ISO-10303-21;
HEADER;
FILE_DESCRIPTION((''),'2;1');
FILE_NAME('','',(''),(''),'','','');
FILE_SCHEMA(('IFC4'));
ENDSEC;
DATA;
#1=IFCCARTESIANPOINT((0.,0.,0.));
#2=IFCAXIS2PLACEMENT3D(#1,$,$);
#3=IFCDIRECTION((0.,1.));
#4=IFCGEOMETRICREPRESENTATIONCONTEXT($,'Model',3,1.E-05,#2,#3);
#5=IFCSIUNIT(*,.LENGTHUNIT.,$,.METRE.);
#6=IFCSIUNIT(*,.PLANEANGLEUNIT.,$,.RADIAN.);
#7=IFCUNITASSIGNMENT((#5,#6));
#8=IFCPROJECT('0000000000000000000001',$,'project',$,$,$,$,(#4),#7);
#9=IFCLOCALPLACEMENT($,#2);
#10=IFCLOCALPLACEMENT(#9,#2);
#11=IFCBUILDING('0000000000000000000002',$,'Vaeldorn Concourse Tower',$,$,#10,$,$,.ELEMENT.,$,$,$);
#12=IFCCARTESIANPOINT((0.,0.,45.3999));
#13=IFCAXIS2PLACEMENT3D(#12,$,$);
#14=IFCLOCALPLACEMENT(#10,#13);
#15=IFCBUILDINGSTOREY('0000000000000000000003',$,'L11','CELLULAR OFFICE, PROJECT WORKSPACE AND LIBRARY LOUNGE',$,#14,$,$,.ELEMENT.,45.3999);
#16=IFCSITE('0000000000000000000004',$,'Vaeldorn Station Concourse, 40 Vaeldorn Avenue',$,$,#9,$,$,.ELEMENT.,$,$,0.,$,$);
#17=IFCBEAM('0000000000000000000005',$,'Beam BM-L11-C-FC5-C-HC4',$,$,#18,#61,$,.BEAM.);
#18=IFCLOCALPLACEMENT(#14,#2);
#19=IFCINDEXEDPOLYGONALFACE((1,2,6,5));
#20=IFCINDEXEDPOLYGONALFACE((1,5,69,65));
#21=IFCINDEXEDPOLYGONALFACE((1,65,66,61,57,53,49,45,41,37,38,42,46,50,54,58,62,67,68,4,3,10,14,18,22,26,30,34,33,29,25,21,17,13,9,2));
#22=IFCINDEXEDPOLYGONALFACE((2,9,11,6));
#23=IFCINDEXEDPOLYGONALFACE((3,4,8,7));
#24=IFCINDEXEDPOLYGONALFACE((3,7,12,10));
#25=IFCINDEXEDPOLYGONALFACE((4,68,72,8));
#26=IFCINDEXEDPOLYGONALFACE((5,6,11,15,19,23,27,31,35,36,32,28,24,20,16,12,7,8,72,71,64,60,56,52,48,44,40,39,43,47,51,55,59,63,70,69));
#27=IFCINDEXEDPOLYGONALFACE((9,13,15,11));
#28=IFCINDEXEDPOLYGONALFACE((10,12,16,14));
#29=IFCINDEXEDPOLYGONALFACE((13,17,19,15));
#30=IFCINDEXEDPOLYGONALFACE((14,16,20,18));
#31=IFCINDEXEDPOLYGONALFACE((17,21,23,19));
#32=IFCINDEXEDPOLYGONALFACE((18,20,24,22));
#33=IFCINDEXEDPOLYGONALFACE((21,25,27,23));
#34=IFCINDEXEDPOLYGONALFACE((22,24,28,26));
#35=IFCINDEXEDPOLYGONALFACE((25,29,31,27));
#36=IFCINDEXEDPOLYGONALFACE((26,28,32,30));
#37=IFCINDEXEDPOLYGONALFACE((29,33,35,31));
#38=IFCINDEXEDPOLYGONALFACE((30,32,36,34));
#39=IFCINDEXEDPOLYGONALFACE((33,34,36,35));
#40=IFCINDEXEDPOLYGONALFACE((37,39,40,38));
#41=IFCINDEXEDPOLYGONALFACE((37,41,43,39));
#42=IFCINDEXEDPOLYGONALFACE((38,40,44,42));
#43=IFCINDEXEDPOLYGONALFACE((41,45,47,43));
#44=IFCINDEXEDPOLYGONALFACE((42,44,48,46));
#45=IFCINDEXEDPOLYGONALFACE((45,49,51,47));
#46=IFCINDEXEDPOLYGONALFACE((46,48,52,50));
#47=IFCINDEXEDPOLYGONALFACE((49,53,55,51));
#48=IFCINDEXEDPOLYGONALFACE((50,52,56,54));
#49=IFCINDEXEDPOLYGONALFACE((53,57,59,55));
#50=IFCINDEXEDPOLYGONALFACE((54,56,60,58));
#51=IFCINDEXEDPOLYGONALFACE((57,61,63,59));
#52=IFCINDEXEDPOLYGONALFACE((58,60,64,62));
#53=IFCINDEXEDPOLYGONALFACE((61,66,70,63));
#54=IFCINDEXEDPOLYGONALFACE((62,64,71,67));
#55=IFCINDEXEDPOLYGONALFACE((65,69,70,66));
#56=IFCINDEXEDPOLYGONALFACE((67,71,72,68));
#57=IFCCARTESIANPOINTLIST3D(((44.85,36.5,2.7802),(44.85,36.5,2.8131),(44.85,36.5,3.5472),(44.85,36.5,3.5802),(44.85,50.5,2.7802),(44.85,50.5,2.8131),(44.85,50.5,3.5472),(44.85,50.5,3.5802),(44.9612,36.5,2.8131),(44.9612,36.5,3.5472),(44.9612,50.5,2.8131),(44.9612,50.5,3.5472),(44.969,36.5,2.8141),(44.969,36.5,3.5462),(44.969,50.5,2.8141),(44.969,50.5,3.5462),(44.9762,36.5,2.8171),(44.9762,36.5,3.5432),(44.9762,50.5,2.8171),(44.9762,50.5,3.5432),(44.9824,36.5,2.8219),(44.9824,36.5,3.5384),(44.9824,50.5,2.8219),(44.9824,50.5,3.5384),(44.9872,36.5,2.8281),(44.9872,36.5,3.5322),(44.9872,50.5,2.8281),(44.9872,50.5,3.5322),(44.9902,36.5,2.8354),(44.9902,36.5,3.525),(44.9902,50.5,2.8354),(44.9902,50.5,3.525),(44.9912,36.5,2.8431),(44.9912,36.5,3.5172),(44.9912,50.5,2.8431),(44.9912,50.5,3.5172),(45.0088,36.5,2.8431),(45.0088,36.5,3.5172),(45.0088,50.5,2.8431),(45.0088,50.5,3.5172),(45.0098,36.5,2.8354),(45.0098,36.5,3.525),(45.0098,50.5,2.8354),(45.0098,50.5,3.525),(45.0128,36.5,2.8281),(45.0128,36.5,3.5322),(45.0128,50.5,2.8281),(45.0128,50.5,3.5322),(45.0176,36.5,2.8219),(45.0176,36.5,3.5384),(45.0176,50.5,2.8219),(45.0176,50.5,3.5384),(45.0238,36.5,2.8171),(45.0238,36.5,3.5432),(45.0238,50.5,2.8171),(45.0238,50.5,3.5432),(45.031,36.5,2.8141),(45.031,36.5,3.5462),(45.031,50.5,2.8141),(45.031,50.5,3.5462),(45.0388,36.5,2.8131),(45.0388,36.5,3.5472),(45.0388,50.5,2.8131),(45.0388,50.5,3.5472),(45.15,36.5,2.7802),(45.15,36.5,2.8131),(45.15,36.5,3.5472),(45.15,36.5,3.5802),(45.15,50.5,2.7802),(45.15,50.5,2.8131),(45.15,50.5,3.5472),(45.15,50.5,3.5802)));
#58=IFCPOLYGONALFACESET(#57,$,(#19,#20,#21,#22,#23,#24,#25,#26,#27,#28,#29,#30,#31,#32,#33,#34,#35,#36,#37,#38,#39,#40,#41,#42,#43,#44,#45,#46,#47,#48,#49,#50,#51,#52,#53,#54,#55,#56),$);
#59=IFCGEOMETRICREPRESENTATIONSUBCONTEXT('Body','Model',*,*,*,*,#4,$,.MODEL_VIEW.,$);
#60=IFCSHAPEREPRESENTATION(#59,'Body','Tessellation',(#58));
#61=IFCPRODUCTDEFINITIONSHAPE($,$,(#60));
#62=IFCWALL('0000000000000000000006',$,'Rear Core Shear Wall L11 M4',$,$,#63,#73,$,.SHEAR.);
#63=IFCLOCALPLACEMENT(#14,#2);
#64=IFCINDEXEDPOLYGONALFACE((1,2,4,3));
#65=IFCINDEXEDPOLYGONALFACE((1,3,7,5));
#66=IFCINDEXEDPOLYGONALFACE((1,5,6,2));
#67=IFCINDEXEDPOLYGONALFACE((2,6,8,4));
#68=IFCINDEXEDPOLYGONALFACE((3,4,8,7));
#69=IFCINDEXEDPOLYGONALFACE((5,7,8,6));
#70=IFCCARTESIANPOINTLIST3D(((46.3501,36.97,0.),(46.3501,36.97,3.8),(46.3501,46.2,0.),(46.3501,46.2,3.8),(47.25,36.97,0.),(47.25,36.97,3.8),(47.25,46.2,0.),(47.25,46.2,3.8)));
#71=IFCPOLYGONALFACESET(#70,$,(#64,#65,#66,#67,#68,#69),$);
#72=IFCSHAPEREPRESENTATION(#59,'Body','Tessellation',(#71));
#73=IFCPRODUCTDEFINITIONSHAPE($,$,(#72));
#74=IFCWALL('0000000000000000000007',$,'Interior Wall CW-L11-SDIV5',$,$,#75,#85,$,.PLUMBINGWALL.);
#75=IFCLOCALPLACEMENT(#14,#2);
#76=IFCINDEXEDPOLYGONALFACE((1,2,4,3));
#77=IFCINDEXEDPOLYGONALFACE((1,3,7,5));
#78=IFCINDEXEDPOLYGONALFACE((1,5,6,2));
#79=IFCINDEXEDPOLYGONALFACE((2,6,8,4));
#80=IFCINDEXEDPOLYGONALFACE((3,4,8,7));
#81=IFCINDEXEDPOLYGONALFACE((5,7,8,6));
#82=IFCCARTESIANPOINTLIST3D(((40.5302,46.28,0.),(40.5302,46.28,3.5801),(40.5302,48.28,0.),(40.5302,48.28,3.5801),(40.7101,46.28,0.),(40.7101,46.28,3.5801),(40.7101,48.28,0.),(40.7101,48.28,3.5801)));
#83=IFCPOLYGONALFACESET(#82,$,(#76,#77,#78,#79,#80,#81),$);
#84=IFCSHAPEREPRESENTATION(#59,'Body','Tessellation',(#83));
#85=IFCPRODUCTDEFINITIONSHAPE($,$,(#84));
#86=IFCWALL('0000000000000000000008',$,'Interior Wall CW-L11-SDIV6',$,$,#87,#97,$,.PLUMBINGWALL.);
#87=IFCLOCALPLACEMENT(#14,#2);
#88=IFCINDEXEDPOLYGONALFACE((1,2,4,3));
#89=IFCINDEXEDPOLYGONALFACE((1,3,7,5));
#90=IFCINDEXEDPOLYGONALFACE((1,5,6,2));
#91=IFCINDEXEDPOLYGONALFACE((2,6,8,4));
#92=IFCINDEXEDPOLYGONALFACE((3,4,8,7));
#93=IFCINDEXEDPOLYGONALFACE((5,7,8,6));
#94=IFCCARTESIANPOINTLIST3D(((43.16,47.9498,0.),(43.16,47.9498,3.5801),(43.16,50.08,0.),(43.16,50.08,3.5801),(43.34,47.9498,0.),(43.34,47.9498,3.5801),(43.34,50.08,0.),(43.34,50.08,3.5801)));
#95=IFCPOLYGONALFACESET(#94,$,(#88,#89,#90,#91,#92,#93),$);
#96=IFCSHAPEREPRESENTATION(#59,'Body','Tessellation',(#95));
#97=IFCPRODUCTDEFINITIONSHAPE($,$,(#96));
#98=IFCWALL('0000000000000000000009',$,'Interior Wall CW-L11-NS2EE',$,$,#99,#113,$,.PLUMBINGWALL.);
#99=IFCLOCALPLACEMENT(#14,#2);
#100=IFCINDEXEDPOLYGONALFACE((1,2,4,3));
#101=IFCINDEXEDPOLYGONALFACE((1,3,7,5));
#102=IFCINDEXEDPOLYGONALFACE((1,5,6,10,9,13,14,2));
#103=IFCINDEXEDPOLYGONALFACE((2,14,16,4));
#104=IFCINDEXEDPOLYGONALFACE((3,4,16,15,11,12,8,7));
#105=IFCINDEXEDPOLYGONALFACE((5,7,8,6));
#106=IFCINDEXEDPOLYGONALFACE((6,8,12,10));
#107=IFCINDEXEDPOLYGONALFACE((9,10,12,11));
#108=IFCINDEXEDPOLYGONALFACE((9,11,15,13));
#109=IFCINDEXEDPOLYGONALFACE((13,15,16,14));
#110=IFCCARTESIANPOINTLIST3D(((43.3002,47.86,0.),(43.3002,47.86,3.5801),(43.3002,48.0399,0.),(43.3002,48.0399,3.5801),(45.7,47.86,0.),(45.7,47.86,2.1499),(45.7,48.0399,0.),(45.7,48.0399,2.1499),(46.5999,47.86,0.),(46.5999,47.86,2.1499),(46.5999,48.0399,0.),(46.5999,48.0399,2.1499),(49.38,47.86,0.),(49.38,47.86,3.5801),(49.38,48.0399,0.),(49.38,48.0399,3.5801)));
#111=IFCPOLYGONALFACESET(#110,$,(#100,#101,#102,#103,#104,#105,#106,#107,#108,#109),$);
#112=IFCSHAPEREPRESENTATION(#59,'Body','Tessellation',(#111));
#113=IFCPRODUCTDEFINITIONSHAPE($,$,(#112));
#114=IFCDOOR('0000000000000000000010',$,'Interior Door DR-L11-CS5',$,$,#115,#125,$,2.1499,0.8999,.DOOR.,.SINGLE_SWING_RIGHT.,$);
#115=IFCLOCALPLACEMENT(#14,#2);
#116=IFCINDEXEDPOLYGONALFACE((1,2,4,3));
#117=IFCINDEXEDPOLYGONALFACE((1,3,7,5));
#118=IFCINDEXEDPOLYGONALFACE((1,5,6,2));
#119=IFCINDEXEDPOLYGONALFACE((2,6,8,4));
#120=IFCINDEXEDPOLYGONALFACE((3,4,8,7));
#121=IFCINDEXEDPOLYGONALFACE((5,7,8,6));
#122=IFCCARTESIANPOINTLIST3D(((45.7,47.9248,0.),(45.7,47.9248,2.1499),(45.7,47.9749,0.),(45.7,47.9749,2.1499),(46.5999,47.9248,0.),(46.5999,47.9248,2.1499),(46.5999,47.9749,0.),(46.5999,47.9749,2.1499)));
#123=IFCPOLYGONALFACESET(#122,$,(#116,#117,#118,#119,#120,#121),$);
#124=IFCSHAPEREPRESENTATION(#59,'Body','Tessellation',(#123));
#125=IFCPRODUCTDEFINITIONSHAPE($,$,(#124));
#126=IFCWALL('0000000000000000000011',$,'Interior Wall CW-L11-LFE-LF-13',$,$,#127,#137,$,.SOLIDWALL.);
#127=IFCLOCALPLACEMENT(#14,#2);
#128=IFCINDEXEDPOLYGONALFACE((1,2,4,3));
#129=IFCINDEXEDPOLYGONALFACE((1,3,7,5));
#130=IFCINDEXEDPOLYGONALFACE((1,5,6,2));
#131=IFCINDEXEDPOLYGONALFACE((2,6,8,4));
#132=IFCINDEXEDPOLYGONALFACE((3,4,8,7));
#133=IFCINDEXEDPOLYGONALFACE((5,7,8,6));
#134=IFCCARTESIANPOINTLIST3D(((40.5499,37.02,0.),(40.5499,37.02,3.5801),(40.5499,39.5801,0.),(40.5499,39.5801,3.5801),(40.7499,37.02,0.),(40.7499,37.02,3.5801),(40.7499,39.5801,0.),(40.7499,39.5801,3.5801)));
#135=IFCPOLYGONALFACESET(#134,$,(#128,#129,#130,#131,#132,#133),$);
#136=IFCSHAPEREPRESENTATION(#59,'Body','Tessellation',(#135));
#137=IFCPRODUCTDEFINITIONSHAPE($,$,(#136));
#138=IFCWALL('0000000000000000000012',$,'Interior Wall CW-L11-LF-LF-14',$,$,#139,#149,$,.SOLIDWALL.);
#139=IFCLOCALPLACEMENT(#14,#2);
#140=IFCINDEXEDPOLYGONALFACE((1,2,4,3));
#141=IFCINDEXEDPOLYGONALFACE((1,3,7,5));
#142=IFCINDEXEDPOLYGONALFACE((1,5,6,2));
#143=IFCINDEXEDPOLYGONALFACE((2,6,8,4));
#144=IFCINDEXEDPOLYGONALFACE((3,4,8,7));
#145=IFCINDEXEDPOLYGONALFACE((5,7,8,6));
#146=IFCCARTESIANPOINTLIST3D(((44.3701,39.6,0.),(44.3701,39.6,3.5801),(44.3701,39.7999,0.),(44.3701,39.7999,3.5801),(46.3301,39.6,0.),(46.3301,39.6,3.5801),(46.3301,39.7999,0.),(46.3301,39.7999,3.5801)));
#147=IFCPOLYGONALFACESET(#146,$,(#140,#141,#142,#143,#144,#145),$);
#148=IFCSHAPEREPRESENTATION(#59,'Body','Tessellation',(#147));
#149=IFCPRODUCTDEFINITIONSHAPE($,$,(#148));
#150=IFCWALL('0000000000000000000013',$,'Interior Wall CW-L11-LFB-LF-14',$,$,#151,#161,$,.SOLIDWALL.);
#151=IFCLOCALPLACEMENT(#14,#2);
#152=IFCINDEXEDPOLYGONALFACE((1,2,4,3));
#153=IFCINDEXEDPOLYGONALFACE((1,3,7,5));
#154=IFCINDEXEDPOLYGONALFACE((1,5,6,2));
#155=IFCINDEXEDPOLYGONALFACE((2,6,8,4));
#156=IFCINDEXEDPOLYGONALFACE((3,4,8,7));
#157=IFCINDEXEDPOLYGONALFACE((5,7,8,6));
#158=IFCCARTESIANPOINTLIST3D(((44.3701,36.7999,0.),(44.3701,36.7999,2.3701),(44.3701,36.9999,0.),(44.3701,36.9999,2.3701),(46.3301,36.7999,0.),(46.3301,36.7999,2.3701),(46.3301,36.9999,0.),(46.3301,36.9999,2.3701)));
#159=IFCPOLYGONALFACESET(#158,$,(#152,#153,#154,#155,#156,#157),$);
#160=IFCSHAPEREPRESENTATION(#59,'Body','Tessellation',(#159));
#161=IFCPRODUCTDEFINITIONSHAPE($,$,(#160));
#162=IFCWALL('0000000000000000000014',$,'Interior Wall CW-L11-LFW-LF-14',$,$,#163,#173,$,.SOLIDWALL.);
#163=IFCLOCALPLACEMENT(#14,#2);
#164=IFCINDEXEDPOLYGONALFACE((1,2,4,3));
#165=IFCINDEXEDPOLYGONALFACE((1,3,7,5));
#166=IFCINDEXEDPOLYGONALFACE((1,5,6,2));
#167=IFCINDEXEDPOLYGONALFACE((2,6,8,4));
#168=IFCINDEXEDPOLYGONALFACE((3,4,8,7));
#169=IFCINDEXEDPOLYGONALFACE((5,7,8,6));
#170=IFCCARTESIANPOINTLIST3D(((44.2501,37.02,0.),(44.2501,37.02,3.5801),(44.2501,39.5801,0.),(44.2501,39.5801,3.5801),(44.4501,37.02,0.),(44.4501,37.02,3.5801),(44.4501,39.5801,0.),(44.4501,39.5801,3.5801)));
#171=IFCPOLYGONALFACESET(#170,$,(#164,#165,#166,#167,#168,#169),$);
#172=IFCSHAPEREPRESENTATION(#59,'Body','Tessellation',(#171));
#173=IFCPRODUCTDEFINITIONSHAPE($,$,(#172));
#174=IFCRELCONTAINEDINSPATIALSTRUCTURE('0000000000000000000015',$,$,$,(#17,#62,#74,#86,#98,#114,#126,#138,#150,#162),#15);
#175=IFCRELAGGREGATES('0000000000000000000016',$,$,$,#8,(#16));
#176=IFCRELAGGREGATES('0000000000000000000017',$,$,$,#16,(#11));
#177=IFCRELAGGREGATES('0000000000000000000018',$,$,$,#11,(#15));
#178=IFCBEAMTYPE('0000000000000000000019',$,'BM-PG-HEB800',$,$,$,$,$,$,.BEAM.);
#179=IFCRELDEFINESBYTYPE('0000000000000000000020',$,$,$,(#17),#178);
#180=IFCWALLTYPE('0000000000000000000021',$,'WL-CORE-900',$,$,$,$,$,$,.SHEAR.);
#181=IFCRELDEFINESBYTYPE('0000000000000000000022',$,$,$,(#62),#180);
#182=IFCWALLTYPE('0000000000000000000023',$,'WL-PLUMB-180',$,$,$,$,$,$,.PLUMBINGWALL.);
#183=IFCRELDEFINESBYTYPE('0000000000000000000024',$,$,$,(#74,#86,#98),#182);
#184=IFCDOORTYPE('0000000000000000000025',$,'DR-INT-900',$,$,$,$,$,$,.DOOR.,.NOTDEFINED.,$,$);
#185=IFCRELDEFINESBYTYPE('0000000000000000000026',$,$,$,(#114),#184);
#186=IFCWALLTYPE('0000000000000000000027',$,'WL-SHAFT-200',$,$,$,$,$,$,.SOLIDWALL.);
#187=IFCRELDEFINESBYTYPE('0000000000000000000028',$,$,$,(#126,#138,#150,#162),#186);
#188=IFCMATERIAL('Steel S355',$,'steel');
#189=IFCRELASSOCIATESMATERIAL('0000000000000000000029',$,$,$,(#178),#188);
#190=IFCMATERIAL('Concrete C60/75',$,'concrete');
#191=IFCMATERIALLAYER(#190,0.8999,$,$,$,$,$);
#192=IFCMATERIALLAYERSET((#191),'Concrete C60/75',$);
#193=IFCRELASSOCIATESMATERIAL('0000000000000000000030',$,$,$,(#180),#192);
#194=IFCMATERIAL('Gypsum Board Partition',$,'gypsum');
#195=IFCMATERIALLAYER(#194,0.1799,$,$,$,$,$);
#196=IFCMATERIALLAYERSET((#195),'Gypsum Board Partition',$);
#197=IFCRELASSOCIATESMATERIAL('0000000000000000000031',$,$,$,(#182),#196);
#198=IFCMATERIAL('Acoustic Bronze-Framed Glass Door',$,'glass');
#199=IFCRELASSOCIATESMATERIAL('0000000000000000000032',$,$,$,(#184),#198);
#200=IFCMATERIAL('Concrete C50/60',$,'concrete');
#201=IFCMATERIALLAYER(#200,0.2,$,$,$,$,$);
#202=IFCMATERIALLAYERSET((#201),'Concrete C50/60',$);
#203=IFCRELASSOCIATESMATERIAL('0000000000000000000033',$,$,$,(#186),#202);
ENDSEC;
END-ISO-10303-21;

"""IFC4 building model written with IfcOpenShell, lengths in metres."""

from ifc_helpers import new_model, si_unit, direction, frame, frame_2d, origin, origin_2d, place, context, subcontext, project, spatial, rectangle, i_section, extrude, source, transform, mapped, material, layer, layer_set, material_profile, profile_set, type_object, element, fill, save


model = new_model("IFC4")

# Units and contexts
model_context = context("Model", 3, precision=1e-05, world=origin(), true_north=direction((0.0, 1.0)))
body_context = subcontext(model_context, "Body", "Model", "MODEL_VIEW")
ifc_project = project(units=[si_unit("LENGTHUNIT", "METRE"), si_unit("PLANEANGLEUNIT", "RADIAN")], contexts=[model_context])

# Site, building, storey
site_placement = place(None, origin())
site = spatial("IfcSite", under=ifc_project, at=site_placement, Name="Vaeldorn Station Concourse, 40 Vaeldorn Avenue", CompositionType="ELEMENT", RefElevation=0.0)
building_placement = place(site_placement, origin())
building = spatial("IfcBuilding", under=site, at=building_placement, Name="Vaeldorn Concourse Tower", CompositionType="ELEMENT")
storey_placement = place(building_placement, frame((0.0, 0.0, 45.3999)))
storey = spatial("IfcBuildingStorey", under=building, at=storey_placement, Name="L11", Description="CELLULAR OFFICE, PROJECT WORKSPACE AND LIBRARY LOUNGE", CompositionType="ELEMENT", Elevation=45.3999)

# Beam
ifc_material_1 = material(Name="Concrete C60/75", Category="concrete")
ifc_material_2 = material(Name="Steel S355", Category="steel")
ifc_material_profile_1 = material_profile(ifc_material_2, i_section(OverallWidth=0.3, OverallDepth=0.8, WebThickness=0.0176, FlangeThickness=0.033, FilletRadius=0.03, at=origin_2d()), Name="HEB 800")
ifc_profile_set_1 = profile_set([ifc_material_profile_1], Name="Steel S355")
beam_type_1 = type_object("IfcBeamType", Name="BM-PG-HEB800", PredefinedType="BEAM", material=ifc_profile_set_1)
shared_shape_1 = source(origin(), body_context, "Body", "SweptSolid", [
    extrude(i_section(OverallWidth=0.3, OverallDepth=0.8, WebThickness=0.0176, FlangeThickness=0.033, FilletRadius=0.03, at=origin_2d()), origin(), (0.0, 0.0, 1.0), 14.0),
])
beam_1_placement = place(storey_placement, frame((45.0, 36.5, 3.1802), z_axis=(0.0, 1.0, 0.0), x_axis=(-1.0, 0.0, 0.0)))
element("IfcBeam", 1, at=beam_1_placement, inside=storey, type_object=beam_type_1, Name="Beam BM-L11-C-FC5-C-HC4", PredefinedType="BEAM", context=body_context, shape_type="MappedRepresentation", body=[
    mapped(shared_shape_1, transform((0.0, 0.0, 0.0), scale=1.0)),
])

# Walls
ifc_layer_1 = layer(ifc_material_1, 0.8999)
ifc_layer_set_1 = layer_set([ifc_layer_1], Name="Concrete C60/75")
wall_type_1 = type_object("IfcWallType", Name="WL-CORE-900", PredefinedType="SHEAR", material=ifc_layer_set_1)
wall_1_placement = place(storey_placement, frame((46.8, 36.97, 0.0), z_axis=(0.0, 0.0, 1.0), x_axis=(0.0, 1.0, 0.0)))
element("IfcWall", 2, at=wall_1_placement, inside=storey, type_object=wall_type_1, Name="Rear Core Shear Wall L11 M4", PredefinedType="SHEAR", context=body_context, shape_type="SweptSolid", body=[
    extrude(rectangle(XDim=9.23, YDim=0.8999, at=frame_2d((4.615, 0.0))), origin(), (0.0, 0.0, 1.0), 3.8),
])
ifc_material_3 = material(Name="Gypsum Board Partition", Category="gypsum")
ifc_layer_2 = layer(ifc_material_3, 0.1799)
ifc_layer_set_2 = layer_set([ifc_layer_2], Name="Gypsum Board Partition")
wall_type_2 = type_object("IfcWallType", Name="WL-PLUMB-180", PredefinedType="PLUMBINGWALL", material=ifc_layer_set_2)
wall_2_placement = place(storey_placement, frame((40.6201, 46.28, 0.0), z_axis=(0.0, 0.0, 1.0), x_axis=(0.0, 1.0, 0.0)))
element("IfcWall", 3, at=wall_2_placement, inside=storey, type_object=wall_type_2, Name="Interior Wall CW-L11-SDIV5", PredefinedType="PLUMBINGWALL", context=body_context, shape_type="SweptSolid", body=[
    extrude(rectangle(XDim=2.0, YDim=0.1799, at=frame_2d((1.0, 0.0))), origin(), (0.0, 0.0, 1.0), 3.5801),
])
wall_3_placement = place(storey_placement, frame((43.25, 47.95, 0.0), z_axis=(0.0, 0.0, 1.0), x_axis=(0.0, 1.0, 0.0)))
element("IfcWall", 4, at=wall_3_placement, inside=storey, type_object=wall_type_2, Name="Interior Wall CW-L11-SDIV6", PredefinedType="PLUMBINGWALL", context=body_context, shape_type="SweptSolid", body=[
    extrude(rectangle(XDim=2.1301, YDim=0.1799, at=frame_2d((1.0649, 0.0))), origin(), (0.0, 0.0, 1.0), 3.5801),
])

# Wall, opening, door
wall_4_placement = place(storey_placement, frame((43.3, 47.95, 0.0), z_axis=(0.0, 0.0, 1.0), x_axis=(1.0, 0.0, 0.0)))
wall_4 = element("IfcWall", 5, at=wall_4_placement, inside=storey, type_object=wall_type_2, Name="Interior Wall CW-L11-NS2EE", PredefinedType="PLUMBINGWALL", context=body_context, shape_type="SweptSolid", body=[
    extrude(rectangle(XDim=6.0798, YDim=0.1799, at=frame_2d((3.04, 0.0))), origin(), (0.0, 0.0, 1.0), 3.5801),
])
opening_1_placement = place(wall_4_placement, frame((2.3999, 0.0, 0.0)))
opening_1 = element("IfcOpeningElement", 6, at=opening_1_placement, cuts=wall_4, PredefinedType="OPENING", context=body_context, shape_type="SweptSolid", body=[
    extrude(rectangle(XDim=0.8999, YDim=2.1499, at=frame_2d((0.45, 1.075))), frame((0.0, 0.1001, 0.0), z_axis=(0.0, -1.0, 0.0), x_axis=(1.0, 0.0, 0.0)), (0.0, 0.0, 1.0), 0.2),
])
ifc_material_4 = material(Name="Acoustic Bronze-Framed Glass Door", Category="glass")
door_type_1 = type_object("IfcDoorType", Name="DR-INT-900", OperationType="NOTDEFINED", PredefinedType="DOOR", material=ifc_material_4)
shared_shape_2 = source(origin(), body_context, "Body", "SweptSolid", [
    extrude(rectangle(XDim=0.8999, YDim=2.1499, at=frame_2d((0.45, 1.075))), frame((0.0, 0.0249, 0.0), z_axis=(0.0, -1.0, 0.0), x_axis=(1.0, 0.0, 0.0)), (0.0, 0.0, 1.0), 0.05),
])
door_1_placement = place(opening_1_placement, origin())
door_1 = element("IfcDoor", 7, at=door_1_placement, inside=storey, type_object=door_type_1, Name="Interior Door DR-L11-CS5", OperationType="SINGLE_SWING_RIGHT", OverallHeight=2.1499, OverallWidth=0.8999, PredefinedType="DOOR", context=body_context, shape_type="MappedRepresentation", body=[
    mapped(shared_shape_2, transform((0.0, 0.0, 0.0), scale=1.0)),
])
fill(opening_1, door_1)
ifc_material_5 = material(Name="Concrete C50/60", Category="concrete")
ifc_layer_3 = layer(ifc_material_5, 0.2)
ifc_layer_set_3 = layer_set([ifc_layer_3], Name="Concrete C50/60")
wall_type_3 = type_object("IfcWallType", Name="WL-SHAFT-200", PredefinedType="SOLIDWALL", material=ifc_layer_set_3)

# Walls
wall_5_placement = place(storey_placement, frame((40.6499, 37.02, 0.0), z_axis=(0.0, 0.0, 1.0), x_axis=(0.0, 1.0, 0.0)))
element("IfcWall", 8, at=wall_5_placement, inside=storey, type_object=wall_type_3, Name="Interior Wall CW-L11-LFE-LF-13", PredefinedType="SOLIDWALL", context=body_context, shape_type="SweptSolid", body=[
    extrude(rectangle(XDim=2.5601, YDim=0.2, at=frame_2d((1.28, 0.0))), origin(), (0.0, 0.0, 1.0), 3.5801),
])
wall_6_placement = place(storey_placement, frame((44.3701, 39.7, 0.0), z_axis=(0.0, 0.0, 1.0), x_axis=(1.0, 0.0, 0.0)))
element("IfcWall", 9, at=wall_6_placement, inside=storey, type_object=wall_type_3, Name="Interior Wall CW-L11-LF-LF-14", PredefinedType="SOLIDWALL", context=body_context, shape_type="SweptSolid", body=[
    extrude(rectangle(XDim=1.96, YDim=0.2, at=frame_2d((0.98, 0.0))), origin(), (0.0, 0.0, 1.0), 3.5801),
])
wall_7_placement = place(storey_placement, frame((44.3701, 36.8999, 0.0), z_axis=(0.0, 0.0, 1.0), x_axis=(1.0, 0.0, 0.0)))
element("IfcWall", 10, at=wall_7_placement, inside=storey, type_object=wall_type_3, Name="Interior Wall CW-L11-LFB-LF-14", PredefinedType="SOLIDWALL", context=body_context, shape_type="SweptSolid", body=[
    extrude(rectangle(XDim=1.96, YDim=0.2, at=frame_2d((0.98, 0.0))), origin(), (0.0, 0.0, 1.0), 2.3701),
])
wall_8_placement = place(storey_placement, frame((44.3501, 37.02, 0.0), z_axis=(0.0, 0.0, 1.0), x_axis=(0.0, 1.0, 0.0)))
element("IfcWall", 11, at=wall_8_placement, inside=storey, type_object=wall_type_3, Name="Interior Wall CW-L11-LFW-LF-14", PredefinedType="SOLIDWALL", context=body_context, shape_type="SweptSolid", body=[
    extrude(rectangle(XDim=2.5601, YDim=0.2, at=frame_2d((1.28, 0.0))), origin(), (0.0, 0.0, 1.0), 3.5801),
])

save(model, "model.ifc")
